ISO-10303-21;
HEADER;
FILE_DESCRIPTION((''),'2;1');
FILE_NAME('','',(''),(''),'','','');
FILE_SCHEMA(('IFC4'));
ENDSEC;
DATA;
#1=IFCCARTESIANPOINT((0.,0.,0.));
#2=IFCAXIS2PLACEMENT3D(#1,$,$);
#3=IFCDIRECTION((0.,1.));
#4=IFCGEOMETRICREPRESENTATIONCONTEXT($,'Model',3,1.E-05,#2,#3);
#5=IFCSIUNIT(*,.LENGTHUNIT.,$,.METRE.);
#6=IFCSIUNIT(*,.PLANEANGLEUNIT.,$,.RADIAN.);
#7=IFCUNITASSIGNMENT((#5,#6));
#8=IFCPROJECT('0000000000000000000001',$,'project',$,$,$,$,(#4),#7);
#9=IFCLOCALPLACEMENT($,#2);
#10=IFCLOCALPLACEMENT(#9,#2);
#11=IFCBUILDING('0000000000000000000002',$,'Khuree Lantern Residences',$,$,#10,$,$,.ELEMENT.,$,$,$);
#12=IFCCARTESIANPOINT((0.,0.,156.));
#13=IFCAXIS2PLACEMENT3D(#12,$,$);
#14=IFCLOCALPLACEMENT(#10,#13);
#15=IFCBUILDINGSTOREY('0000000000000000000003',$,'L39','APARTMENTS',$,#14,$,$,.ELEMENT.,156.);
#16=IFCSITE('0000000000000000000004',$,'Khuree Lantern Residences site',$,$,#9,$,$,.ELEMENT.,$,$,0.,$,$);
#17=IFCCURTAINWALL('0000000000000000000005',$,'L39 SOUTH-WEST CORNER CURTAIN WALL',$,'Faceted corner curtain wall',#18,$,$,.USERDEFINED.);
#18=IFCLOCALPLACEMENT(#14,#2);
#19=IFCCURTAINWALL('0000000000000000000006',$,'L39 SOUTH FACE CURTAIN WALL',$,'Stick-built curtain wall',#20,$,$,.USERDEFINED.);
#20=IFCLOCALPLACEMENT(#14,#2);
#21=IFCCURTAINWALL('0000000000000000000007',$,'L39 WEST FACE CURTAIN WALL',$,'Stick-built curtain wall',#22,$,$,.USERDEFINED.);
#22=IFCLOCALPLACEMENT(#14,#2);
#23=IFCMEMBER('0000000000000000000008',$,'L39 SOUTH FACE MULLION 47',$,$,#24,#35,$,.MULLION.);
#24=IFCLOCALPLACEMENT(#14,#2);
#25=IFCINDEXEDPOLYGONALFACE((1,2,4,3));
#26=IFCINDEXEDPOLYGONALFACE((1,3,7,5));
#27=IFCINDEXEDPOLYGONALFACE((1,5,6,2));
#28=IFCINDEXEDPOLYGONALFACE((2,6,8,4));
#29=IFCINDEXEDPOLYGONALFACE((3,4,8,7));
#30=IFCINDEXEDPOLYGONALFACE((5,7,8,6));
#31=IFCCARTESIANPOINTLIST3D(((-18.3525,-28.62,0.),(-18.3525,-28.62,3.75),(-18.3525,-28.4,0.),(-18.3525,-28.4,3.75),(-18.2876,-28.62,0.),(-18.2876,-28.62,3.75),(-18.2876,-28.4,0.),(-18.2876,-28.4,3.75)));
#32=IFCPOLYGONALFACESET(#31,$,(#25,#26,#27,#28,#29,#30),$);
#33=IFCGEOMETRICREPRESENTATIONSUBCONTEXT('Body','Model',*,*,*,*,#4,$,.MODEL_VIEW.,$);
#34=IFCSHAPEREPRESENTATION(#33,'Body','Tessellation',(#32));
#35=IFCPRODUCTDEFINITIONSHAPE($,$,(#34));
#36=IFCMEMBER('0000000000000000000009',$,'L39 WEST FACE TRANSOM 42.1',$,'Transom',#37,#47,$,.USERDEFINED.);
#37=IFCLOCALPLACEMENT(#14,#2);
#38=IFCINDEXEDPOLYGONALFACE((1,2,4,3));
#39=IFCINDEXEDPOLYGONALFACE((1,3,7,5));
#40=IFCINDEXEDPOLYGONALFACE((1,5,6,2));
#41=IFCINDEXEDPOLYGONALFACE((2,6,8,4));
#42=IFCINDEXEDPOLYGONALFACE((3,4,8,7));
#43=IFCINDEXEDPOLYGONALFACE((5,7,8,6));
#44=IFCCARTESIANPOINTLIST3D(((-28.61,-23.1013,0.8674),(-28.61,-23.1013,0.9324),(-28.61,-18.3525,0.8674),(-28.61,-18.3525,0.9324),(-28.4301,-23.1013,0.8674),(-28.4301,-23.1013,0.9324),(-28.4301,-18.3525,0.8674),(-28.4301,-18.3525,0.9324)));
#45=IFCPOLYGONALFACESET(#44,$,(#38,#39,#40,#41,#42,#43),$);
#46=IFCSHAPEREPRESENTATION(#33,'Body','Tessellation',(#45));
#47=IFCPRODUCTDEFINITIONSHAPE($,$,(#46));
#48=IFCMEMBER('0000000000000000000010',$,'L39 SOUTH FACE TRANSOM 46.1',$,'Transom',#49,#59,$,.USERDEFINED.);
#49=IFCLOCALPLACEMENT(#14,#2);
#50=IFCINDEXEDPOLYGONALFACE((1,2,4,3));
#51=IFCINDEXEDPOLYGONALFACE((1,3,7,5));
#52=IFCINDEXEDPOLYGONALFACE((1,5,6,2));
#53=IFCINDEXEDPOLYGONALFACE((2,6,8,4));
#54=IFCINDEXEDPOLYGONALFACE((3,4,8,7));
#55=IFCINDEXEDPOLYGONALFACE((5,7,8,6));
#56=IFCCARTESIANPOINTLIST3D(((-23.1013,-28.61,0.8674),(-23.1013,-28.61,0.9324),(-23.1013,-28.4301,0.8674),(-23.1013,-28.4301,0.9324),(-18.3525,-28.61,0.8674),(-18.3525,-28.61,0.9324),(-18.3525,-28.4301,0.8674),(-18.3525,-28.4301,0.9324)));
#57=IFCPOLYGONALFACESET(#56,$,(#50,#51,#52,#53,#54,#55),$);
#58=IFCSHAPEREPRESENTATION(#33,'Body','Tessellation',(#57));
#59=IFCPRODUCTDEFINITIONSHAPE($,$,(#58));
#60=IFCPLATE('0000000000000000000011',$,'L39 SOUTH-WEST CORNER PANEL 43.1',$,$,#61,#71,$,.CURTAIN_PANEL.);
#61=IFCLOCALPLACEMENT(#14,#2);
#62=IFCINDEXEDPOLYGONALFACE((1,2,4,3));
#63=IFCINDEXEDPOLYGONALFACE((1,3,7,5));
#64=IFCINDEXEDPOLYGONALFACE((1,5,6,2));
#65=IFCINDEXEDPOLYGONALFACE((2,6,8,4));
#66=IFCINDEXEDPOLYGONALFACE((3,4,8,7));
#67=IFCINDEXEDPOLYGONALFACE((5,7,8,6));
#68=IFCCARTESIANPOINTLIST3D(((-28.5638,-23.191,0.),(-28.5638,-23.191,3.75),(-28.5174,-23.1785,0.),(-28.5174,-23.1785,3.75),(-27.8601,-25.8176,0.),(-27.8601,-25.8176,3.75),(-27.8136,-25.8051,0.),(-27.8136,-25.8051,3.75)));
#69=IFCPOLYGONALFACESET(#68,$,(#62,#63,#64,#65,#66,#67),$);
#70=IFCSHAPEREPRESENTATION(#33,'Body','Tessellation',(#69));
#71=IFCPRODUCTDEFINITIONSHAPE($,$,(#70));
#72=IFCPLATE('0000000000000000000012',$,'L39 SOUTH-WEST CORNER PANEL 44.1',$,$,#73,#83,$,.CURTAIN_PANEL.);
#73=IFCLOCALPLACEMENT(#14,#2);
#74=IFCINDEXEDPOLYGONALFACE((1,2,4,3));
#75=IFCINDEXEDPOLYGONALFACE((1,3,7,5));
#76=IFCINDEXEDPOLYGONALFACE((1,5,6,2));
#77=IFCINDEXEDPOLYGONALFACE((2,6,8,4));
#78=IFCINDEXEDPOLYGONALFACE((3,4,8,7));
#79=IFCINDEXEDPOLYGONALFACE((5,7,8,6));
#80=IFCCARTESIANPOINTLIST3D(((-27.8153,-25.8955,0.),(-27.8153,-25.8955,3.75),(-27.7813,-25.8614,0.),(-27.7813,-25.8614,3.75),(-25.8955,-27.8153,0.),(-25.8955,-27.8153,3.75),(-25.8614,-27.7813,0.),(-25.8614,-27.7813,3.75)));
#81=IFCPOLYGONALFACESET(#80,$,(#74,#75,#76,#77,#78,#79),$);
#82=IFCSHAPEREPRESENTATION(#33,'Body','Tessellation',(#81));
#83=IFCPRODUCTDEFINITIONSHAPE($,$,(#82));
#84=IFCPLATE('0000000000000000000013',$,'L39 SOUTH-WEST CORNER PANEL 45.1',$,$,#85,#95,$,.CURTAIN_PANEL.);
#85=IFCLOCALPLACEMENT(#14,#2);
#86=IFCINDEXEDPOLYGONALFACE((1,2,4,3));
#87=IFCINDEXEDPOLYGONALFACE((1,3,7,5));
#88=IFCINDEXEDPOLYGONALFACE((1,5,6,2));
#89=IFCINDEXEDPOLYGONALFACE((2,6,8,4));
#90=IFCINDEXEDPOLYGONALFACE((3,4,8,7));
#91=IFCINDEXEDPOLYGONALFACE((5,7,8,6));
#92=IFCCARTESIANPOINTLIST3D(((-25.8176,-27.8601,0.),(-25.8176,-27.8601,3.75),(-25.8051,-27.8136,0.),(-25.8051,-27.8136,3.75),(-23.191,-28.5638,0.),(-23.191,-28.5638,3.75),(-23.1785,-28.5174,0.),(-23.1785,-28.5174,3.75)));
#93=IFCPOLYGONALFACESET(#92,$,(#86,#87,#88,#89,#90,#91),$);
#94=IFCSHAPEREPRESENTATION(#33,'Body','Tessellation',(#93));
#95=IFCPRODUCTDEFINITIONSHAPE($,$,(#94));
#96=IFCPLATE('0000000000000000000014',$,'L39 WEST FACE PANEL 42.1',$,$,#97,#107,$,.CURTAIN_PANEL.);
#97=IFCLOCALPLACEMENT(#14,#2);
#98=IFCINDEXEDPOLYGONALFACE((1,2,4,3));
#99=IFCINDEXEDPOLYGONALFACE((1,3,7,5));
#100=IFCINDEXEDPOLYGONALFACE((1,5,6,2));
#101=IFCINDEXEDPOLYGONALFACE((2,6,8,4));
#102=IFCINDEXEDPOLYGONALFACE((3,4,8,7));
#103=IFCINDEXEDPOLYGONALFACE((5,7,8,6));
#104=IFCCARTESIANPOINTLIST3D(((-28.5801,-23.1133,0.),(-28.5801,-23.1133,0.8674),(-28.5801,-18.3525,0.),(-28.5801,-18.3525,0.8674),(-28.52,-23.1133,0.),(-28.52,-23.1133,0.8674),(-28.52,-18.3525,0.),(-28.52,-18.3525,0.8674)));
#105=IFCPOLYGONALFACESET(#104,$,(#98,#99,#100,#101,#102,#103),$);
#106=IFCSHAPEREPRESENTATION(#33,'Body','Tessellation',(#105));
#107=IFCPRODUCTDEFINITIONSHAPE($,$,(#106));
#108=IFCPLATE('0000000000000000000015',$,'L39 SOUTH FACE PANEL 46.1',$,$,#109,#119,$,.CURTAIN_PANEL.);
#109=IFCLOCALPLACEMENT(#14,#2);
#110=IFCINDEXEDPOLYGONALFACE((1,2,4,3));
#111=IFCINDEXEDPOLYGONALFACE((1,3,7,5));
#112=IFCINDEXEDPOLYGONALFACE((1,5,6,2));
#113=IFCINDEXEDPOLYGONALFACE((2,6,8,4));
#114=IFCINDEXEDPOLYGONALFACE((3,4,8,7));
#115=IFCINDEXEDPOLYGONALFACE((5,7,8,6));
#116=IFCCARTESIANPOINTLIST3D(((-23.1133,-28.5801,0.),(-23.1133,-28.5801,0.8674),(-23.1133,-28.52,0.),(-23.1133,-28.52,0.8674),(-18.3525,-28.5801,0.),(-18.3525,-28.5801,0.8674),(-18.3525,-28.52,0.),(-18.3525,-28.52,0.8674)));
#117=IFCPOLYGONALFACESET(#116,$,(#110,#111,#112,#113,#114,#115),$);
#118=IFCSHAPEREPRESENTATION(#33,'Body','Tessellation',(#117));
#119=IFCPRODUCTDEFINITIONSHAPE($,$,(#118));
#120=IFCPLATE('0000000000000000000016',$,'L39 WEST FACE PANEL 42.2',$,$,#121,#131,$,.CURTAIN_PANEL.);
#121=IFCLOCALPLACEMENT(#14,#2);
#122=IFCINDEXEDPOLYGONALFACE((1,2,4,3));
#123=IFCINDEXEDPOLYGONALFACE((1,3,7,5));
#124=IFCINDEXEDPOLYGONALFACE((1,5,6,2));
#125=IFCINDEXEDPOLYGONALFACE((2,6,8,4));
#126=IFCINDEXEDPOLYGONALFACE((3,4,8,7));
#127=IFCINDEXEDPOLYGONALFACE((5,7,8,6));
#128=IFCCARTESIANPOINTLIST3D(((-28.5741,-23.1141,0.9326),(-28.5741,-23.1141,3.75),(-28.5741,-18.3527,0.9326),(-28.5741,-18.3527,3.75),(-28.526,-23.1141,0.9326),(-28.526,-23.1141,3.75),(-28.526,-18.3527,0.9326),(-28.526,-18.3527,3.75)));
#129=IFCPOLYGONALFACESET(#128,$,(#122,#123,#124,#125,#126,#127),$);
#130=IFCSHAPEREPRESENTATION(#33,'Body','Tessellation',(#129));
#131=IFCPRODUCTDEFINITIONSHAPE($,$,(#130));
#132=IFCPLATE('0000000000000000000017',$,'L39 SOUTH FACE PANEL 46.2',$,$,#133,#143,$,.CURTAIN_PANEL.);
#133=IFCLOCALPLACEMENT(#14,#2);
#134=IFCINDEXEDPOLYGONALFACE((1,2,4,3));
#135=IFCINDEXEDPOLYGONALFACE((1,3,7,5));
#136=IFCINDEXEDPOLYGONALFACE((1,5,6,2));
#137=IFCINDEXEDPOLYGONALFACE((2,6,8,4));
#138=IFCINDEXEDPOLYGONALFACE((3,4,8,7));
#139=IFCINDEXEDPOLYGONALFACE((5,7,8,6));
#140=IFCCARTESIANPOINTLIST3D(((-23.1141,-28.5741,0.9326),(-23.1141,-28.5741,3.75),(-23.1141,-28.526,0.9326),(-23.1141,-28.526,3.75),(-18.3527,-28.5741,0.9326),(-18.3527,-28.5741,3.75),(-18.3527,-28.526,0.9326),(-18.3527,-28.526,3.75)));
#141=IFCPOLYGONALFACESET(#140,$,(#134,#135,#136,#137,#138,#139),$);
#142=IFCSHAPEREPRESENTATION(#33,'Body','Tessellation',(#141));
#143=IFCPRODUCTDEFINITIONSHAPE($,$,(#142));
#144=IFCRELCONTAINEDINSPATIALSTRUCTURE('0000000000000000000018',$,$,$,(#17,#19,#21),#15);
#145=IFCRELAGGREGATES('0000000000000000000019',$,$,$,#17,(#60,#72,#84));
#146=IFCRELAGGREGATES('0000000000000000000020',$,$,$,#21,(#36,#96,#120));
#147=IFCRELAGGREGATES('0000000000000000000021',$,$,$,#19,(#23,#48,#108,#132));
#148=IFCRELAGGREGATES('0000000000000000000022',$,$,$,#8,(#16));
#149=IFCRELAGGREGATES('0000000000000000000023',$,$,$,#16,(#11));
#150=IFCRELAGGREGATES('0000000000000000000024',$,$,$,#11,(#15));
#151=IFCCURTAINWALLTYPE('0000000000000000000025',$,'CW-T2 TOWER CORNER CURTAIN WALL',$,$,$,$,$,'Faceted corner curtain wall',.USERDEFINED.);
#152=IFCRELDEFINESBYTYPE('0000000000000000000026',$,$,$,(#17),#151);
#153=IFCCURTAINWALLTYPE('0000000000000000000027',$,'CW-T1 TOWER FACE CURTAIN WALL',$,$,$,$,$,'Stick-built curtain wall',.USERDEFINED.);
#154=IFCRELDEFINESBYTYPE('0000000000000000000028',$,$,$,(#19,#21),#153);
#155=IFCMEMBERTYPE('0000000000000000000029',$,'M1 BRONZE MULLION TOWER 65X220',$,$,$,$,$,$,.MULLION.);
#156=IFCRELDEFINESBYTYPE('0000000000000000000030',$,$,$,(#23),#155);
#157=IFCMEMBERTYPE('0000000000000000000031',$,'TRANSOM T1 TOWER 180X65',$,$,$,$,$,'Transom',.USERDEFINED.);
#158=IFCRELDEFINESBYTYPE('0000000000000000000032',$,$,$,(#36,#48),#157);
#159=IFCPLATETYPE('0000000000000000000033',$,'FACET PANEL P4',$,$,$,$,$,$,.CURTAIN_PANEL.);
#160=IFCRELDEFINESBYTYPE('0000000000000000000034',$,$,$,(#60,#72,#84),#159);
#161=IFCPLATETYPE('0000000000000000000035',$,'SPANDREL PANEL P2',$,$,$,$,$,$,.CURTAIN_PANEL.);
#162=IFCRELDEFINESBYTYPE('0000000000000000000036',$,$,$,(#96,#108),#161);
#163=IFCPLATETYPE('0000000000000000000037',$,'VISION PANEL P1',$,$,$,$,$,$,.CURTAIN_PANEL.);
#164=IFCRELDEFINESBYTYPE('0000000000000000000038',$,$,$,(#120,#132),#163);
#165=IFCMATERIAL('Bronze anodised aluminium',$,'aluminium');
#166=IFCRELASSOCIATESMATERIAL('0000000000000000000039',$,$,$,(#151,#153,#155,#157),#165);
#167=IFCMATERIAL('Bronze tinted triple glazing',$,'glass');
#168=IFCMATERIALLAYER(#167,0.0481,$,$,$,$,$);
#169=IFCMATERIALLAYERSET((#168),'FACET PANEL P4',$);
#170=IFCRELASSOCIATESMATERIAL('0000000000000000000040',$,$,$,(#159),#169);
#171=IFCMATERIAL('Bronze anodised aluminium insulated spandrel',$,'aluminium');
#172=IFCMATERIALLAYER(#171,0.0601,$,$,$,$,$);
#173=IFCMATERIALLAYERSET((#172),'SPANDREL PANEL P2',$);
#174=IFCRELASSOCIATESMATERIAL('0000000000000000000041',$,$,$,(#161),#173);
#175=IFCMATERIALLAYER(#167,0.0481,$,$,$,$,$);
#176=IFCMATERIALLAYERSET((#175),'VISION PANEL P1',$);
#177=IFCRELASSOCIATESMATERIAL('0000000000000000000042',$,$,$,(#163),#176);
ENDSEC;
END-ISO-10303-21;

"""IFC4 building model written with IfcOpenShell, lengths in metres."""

from ifc_helpers import new_model, si_unit, direction, frame, origin, origin_2d, place, context, subcontext, project, spatial, rectangle, extrude, material, layer, layer_set, material_profile, profile_set, type_object, element, aggregate, save


model = new_model("IFC4")

# Units and contexts
model_context = context("Model", 3, precision=1e-05, world=origin(), true_north=direction((0.0, 1.0)))
body_context = subcontext(model_context, "Body", "Model", "MODEL_VIEW")
ifc_project = project(units=[si_unit("LENGTHUNIT", "METRE"), si_unit("PLANEANGLEUNIT", "RADIAN")], contexts=[model_context])

# Site, building, storey
site_placement = place(None, origin())
site = spatial("IfcSite", under=ifc_project, at=site_placement, Name="Khuree Lantern Residences site", CompositionType="ELEMENT", RefElevation=0.0)
building_placement = place(site_placement, origin())
building = spatial("IfcBuilding", under=site, at=building_placement, Name="Khuree Lantern Residences", CompositionType="ELEMENT")
storey_placement = place(building_placement, frame((0.0, 0.0, 156.0)))
storey = spatial("IfcBuildingStorey", under=building, at=storey_placement, Name="L39", Description="APARTMENTS", CompositionType="ELEMENT", Elevation=156.0)

# Curtain walls
ifc_material_1 = material(Name="Bronze anodised aluminium", Category="aluminium")
curtain_wall_type_1 = type_object("IfcCurtainWallType", Name="CW-T2 TOWER CORNER CURTAIN WALL", ElementType="Faceted corner curtain wall", PredefinedType="USERDEFINED", material=ifc_material_1)
curtain_wall_1_placement = place(storey_placement, origin())
curtain_wall_1 = element("IfcCurtainWall", 1, at=curtain_wall_1_placement, inside=storey, type_object=curtain_wall_type_1, Name="L39 SOUTH-WEST CORNER CURTAIN WALL", ObjectType="Faceted corner curtain wall", PredefinedType="USERDEFINED")
curtain_wall_type_2 = type_object("IfcCurtainWallType", Name="CW-T1 TOWER FACE CURTAIN WALL", ElementType="Stick-built curtain wall", PredefinedType="USERDEFINED", material=ifc_material_1)
curtain_wall_2_placement = place(storey_placement, origin())
curtain_wall_2 = element("IfcCurtainWall", 2, at=curtain_wall_2_placement, inside=storey, type_object=curtain_wall_type_2, Name="L39 SOUTH FACE CURTAIN WALL", ObjectType="Stick-built curtain wall", PredefinedType="USERDEFINED")

# Curtain wall
curtain_wall_3_placement = place(storey_placement, origin())
curtain_wall_3 = element("IfcCurtainWall", 3, at=curtain_wall_3_placement, inside=storey, type_object=curtain_wall_type_2, Name="L39 WEST FACE CURTAIN WALL", ObjectType="Stick-built curtain wall", PredefinedType="USERDEFINED")
ifc_material_profile_1 = material_profile(ifc_material_1, rectangle(XDim=0.0649, YDim=0.22, at=origin_2d()), Name="M1 65X220")
ifc_profile_set_1 = profile_set([ifc_material_profile_1], Name="Bronze anodised aluminium")
member_type_1 = type_object("IfcMemberType", Name="M1 BRONZE MULLION TOWER 65X220", PredefinedType="MULLION", material=ifc_profile_set_1)

# Members
member_1_placement = place(storey_placement, frame((-18.3201, -28.51, 0.0), z_axis=(0.0, 0.0, 1.0), x_axis=(1.0, 0.0, 0.0)))
member_1 = element("IfcMember", 4, at=member_1_placement, type_object=member_type_1, Name="L39 SOUTH FACE MULLION 47", PredefinedType="MULLION", context=body_context, shape_type="SweptSolid", body=[
    extrude(rectangle(XDim=0.0649, YDim=0.22, at=origin_2d()), origin(), (0.0, 0.0, 1.0), 3.75),
])
ifc_material_profile_2 = material_profile(ifc_material_1, rectangle(XDim=0.1799, YDim=0.0649, at=origin_2d()), Name="T1 180X65")
ifc_profile_set_2 = profile_set([ifc_material_profile_2], Name="Bronze anodised aluminium")
member_type_2 = type_object("IfcMemberType", Name="TRANSOM T1 TOWER 180X65", ElementType="Transom", PredefinedType="USERDEFINED", material=ifc_profile_set_2)
member_2_placement = place(storey_placement, frame((-28.52, -18.3525, 0.8999), z_axis=(0.0, -1.0, 0.0), x_axis=(1.0, 0.0, 0.0)))
member_2 = element("IfcMember", 5, at=member_2_placement, type_object=member_type_2, Name="L39 WEST FACE TRANSOM 42.1", ObjectType="Transom", PredefinedType="USERDEFINED", context=body_context, shape_type="SweptSolid", body=[
    extrude(rectangle(XDim=0.1799, YDim=0.0649, at=origin_2d()), origin(), (0.0, 0.0, 1.0), 4.7488),
])
member_3_placement = place(storey_placement, frame((-23.1013, -28.52, 0.8999), z_axis=(1.0, 0.0, 0.0), x_axis=(0.0, 1.0, 0.0)))
member_3 = element("IfcMember", 6, at=member_3_placement, type_object=member_type_2, Name="L39 SOUTH FACE TRANSOM 46.1", ObjectType="Transom", PredefinedType="USERDEFINED", context=body_context, shape_type="SweptSolid", body=[
    extrude(rectangle(XDim=0.1799, YDim=0.0649, at=origin_2d()), origin(), (0.0, 0.0, 1.0), 4.7488),
])

# Plates
ifc_material_2 = material(Name="Bronze tinted triple glazing", Category="glass")
ifc_layer_1 = layer(ifc_material_2, 0.0481)
ifc_layer_set_1 = layer_set([ifc_layer_1], Name="FACET PANEL P4")
plate_type_1 = type_object("IfcPlateType", Name="FACET PANEL P4", PredefinedType="CURTAIN_PANEL", material=ifc_layer_set_1)
plate_1_placement = place(storey_placement, frame((-28.1887, -24.498, 0.0), z_axis=(0.0, 0.0, 1.0), x_axis=(0.258819, -0.965926, 0.0)))
plate_1 = element("IfcPlate", 7, at=plate_1_placement, type_object=plate_type_1, Name="L39 SOUTH-WEST CORNER PANEL 43.1", PredefinedType="CURTAIN_PANEL", context=body_context, shape_type="SweptSolid", body=[
    extrude(rectangle(XDim=2.7192, YDim=0.0481, at=origin_2d()), origin(), (0.0, 0.0, 1.0), 3.75),
])
plate_2_placement = place(storey_placement, frame((-26.8384, -26.8384, 0.0), z_axis=(0.0, 0.0, 1.0), x_axis=(0.707107, -0.707107, 0.0)))
plate_2 = element("IfcPlate", 8, at=plate_2_placement, type_object=plate_type_1, Name="L39 SOUTH-WEST CORNER PANEL 44.1", PredefinedType="CURTAIN_PANEL", context=body_context, shape_type="SweptSolid", body=[
    extrude(rectangle(XDim=2.7151, YDim=0.0481, at=origin_2d()), origin(), (0.0, 0.0, 1.0), 3.75),
])
plate_3_placement = place(storey_placement, frame((-24.498, -28.1887, 0.0), z_axis=(0.0, 0.0, 1.0), x_axis=(0.965926, -0.258819, 0.0)))
plate_3 = element("IfcPlate", 9, at=plate_3_placement, type_object=plate_type_1, Name="L39 SOUTH-WEST CORNER PANEL 45.1", PredefinedType="CURTAIN_PANEL", context=body_context, shape_type="SweptSolid", body=[
    extrude(rectangle(XDim=2.7192, YDim=0.0481, at=origin_2d()), origin(), (0.0, 0.0, 1.0), 3.75),
])
aggregate(curtain_wall_1, [plate_1, plate_2, plate_3])
ifc_material_3 = material(Name="Bronze anodised aluminium insulated spandrel", Category="aluminium")
ifc_layer_2 = layer(ifc_material_3, 0.0601)
ifc_layer_set_2 = layer_set([ifc_layer_2], Name="SPANDREL PANEL P2")
plate_type_2 = type_object("IfcPlateType", Name="SPANDREL PANEL P2", PredefinedType="CURTAIN_PANEL", material=ifc_layer_set_2)
plate_4_placement = place(storey_placement, frame((-28.55, -20.7329, 0.0), z_axis=(0.0, 0.0, 1.0), x_axis=(0.0, -1.0, 0.0)))
plate_4 = element("IfcPlate", 10, at=plate_4_placement, type_object=plate_type_2, Name="L39 WEST FACE PANEL 42.1", PredefinedType="CURTAIN_PANEL", context=body_context, shape_type="SweptSolid", body=[
    extrude(rectangle(XDim=4.7607, YDim=0.0601, at=origin_2d()), origin(), (0.0, 0.0, 1.0), 0.8674),
])
plate_5_placement = place(storey_placement, frame((-20.7329, -28.55, 0.0), z_axis=(0.0, 0.0, 1.0), x_axis=(1.0, 0.0, 0.0)))
plate_5 = element("IfcPlate", 11, at=plate_5_placement, type_object=plate_type_2, Name="L39 SOUTH FACE PANEL 46.1", PredefinedType="CURTAIN_PANEL", context=body_context, shape_type="SweptSolid", body=[
    extrude(rectangle(XDim=4.7607, YDim=0.0601, at=origin_2d()), origin(), (0.0, 0.0, 1.0), 0.8674),
])
ifc_layer_3 = layer(ifc_material_2, 0.0481)
ifc_layer_set_3 = layer_set([ifc_layer_3], Name="VISION PANEL P1")
plate_type_3 = type_object("IfcPlateType", Name="VISION PANEL P1", PredefinedType="CURTAIN_PANEL", material=ifc_layer_set_3)
plate_6_placement = place(storey_placement, frame((-28.55, -20.7334, 0.9326), z_axis=(0.0, 0.0, 1.0), x_axis=(0.0, -1.0, 0.0)))
plate_6 = element("IfcPlate", 12, at=plate_6_placement, type_object=plate_type_3, Name="L39 WEST FACE PANEL 42.2", PredefinedType="CURTAIN_PANEL", context=body_context, shape_type="SweptSolid", body=[
    extrude(rectangle(XDim=4.7615, YDim=0.0481, at=origin_2d()), origin(), (0.0, 0.0, 1.0), 2.8174),
])
aggregate(curtain_wall_3, [member_2, plate_4, plate_6])
plate_7_placement = place(storey_placement, frame((-20.7334, -28.55, 0.9326), z_axis=(0.0, 0.0, 1.0), x_axis=(1.0, 0.0, 0.0)))
plate_7 = element("IfcPlate", 13, at=plate_7_placement, type_object=plate_type_3, Name="L39 SOUTH FACE PANEL 46.2", PredefinedType="CURTAIN_PANEL", context=body_context, shape_type="SweptSolid", body=[
    extrude(rectangle(XDim=4.7615, YDim=0.0481, at=origin_2d()), origin(), (0.0, 0.0, 1.0), 2.8174),
])
aggregate(curtain_wall_2, [member_1, member_3, plate_5, plate_7])

save(model, "model.ifc")
